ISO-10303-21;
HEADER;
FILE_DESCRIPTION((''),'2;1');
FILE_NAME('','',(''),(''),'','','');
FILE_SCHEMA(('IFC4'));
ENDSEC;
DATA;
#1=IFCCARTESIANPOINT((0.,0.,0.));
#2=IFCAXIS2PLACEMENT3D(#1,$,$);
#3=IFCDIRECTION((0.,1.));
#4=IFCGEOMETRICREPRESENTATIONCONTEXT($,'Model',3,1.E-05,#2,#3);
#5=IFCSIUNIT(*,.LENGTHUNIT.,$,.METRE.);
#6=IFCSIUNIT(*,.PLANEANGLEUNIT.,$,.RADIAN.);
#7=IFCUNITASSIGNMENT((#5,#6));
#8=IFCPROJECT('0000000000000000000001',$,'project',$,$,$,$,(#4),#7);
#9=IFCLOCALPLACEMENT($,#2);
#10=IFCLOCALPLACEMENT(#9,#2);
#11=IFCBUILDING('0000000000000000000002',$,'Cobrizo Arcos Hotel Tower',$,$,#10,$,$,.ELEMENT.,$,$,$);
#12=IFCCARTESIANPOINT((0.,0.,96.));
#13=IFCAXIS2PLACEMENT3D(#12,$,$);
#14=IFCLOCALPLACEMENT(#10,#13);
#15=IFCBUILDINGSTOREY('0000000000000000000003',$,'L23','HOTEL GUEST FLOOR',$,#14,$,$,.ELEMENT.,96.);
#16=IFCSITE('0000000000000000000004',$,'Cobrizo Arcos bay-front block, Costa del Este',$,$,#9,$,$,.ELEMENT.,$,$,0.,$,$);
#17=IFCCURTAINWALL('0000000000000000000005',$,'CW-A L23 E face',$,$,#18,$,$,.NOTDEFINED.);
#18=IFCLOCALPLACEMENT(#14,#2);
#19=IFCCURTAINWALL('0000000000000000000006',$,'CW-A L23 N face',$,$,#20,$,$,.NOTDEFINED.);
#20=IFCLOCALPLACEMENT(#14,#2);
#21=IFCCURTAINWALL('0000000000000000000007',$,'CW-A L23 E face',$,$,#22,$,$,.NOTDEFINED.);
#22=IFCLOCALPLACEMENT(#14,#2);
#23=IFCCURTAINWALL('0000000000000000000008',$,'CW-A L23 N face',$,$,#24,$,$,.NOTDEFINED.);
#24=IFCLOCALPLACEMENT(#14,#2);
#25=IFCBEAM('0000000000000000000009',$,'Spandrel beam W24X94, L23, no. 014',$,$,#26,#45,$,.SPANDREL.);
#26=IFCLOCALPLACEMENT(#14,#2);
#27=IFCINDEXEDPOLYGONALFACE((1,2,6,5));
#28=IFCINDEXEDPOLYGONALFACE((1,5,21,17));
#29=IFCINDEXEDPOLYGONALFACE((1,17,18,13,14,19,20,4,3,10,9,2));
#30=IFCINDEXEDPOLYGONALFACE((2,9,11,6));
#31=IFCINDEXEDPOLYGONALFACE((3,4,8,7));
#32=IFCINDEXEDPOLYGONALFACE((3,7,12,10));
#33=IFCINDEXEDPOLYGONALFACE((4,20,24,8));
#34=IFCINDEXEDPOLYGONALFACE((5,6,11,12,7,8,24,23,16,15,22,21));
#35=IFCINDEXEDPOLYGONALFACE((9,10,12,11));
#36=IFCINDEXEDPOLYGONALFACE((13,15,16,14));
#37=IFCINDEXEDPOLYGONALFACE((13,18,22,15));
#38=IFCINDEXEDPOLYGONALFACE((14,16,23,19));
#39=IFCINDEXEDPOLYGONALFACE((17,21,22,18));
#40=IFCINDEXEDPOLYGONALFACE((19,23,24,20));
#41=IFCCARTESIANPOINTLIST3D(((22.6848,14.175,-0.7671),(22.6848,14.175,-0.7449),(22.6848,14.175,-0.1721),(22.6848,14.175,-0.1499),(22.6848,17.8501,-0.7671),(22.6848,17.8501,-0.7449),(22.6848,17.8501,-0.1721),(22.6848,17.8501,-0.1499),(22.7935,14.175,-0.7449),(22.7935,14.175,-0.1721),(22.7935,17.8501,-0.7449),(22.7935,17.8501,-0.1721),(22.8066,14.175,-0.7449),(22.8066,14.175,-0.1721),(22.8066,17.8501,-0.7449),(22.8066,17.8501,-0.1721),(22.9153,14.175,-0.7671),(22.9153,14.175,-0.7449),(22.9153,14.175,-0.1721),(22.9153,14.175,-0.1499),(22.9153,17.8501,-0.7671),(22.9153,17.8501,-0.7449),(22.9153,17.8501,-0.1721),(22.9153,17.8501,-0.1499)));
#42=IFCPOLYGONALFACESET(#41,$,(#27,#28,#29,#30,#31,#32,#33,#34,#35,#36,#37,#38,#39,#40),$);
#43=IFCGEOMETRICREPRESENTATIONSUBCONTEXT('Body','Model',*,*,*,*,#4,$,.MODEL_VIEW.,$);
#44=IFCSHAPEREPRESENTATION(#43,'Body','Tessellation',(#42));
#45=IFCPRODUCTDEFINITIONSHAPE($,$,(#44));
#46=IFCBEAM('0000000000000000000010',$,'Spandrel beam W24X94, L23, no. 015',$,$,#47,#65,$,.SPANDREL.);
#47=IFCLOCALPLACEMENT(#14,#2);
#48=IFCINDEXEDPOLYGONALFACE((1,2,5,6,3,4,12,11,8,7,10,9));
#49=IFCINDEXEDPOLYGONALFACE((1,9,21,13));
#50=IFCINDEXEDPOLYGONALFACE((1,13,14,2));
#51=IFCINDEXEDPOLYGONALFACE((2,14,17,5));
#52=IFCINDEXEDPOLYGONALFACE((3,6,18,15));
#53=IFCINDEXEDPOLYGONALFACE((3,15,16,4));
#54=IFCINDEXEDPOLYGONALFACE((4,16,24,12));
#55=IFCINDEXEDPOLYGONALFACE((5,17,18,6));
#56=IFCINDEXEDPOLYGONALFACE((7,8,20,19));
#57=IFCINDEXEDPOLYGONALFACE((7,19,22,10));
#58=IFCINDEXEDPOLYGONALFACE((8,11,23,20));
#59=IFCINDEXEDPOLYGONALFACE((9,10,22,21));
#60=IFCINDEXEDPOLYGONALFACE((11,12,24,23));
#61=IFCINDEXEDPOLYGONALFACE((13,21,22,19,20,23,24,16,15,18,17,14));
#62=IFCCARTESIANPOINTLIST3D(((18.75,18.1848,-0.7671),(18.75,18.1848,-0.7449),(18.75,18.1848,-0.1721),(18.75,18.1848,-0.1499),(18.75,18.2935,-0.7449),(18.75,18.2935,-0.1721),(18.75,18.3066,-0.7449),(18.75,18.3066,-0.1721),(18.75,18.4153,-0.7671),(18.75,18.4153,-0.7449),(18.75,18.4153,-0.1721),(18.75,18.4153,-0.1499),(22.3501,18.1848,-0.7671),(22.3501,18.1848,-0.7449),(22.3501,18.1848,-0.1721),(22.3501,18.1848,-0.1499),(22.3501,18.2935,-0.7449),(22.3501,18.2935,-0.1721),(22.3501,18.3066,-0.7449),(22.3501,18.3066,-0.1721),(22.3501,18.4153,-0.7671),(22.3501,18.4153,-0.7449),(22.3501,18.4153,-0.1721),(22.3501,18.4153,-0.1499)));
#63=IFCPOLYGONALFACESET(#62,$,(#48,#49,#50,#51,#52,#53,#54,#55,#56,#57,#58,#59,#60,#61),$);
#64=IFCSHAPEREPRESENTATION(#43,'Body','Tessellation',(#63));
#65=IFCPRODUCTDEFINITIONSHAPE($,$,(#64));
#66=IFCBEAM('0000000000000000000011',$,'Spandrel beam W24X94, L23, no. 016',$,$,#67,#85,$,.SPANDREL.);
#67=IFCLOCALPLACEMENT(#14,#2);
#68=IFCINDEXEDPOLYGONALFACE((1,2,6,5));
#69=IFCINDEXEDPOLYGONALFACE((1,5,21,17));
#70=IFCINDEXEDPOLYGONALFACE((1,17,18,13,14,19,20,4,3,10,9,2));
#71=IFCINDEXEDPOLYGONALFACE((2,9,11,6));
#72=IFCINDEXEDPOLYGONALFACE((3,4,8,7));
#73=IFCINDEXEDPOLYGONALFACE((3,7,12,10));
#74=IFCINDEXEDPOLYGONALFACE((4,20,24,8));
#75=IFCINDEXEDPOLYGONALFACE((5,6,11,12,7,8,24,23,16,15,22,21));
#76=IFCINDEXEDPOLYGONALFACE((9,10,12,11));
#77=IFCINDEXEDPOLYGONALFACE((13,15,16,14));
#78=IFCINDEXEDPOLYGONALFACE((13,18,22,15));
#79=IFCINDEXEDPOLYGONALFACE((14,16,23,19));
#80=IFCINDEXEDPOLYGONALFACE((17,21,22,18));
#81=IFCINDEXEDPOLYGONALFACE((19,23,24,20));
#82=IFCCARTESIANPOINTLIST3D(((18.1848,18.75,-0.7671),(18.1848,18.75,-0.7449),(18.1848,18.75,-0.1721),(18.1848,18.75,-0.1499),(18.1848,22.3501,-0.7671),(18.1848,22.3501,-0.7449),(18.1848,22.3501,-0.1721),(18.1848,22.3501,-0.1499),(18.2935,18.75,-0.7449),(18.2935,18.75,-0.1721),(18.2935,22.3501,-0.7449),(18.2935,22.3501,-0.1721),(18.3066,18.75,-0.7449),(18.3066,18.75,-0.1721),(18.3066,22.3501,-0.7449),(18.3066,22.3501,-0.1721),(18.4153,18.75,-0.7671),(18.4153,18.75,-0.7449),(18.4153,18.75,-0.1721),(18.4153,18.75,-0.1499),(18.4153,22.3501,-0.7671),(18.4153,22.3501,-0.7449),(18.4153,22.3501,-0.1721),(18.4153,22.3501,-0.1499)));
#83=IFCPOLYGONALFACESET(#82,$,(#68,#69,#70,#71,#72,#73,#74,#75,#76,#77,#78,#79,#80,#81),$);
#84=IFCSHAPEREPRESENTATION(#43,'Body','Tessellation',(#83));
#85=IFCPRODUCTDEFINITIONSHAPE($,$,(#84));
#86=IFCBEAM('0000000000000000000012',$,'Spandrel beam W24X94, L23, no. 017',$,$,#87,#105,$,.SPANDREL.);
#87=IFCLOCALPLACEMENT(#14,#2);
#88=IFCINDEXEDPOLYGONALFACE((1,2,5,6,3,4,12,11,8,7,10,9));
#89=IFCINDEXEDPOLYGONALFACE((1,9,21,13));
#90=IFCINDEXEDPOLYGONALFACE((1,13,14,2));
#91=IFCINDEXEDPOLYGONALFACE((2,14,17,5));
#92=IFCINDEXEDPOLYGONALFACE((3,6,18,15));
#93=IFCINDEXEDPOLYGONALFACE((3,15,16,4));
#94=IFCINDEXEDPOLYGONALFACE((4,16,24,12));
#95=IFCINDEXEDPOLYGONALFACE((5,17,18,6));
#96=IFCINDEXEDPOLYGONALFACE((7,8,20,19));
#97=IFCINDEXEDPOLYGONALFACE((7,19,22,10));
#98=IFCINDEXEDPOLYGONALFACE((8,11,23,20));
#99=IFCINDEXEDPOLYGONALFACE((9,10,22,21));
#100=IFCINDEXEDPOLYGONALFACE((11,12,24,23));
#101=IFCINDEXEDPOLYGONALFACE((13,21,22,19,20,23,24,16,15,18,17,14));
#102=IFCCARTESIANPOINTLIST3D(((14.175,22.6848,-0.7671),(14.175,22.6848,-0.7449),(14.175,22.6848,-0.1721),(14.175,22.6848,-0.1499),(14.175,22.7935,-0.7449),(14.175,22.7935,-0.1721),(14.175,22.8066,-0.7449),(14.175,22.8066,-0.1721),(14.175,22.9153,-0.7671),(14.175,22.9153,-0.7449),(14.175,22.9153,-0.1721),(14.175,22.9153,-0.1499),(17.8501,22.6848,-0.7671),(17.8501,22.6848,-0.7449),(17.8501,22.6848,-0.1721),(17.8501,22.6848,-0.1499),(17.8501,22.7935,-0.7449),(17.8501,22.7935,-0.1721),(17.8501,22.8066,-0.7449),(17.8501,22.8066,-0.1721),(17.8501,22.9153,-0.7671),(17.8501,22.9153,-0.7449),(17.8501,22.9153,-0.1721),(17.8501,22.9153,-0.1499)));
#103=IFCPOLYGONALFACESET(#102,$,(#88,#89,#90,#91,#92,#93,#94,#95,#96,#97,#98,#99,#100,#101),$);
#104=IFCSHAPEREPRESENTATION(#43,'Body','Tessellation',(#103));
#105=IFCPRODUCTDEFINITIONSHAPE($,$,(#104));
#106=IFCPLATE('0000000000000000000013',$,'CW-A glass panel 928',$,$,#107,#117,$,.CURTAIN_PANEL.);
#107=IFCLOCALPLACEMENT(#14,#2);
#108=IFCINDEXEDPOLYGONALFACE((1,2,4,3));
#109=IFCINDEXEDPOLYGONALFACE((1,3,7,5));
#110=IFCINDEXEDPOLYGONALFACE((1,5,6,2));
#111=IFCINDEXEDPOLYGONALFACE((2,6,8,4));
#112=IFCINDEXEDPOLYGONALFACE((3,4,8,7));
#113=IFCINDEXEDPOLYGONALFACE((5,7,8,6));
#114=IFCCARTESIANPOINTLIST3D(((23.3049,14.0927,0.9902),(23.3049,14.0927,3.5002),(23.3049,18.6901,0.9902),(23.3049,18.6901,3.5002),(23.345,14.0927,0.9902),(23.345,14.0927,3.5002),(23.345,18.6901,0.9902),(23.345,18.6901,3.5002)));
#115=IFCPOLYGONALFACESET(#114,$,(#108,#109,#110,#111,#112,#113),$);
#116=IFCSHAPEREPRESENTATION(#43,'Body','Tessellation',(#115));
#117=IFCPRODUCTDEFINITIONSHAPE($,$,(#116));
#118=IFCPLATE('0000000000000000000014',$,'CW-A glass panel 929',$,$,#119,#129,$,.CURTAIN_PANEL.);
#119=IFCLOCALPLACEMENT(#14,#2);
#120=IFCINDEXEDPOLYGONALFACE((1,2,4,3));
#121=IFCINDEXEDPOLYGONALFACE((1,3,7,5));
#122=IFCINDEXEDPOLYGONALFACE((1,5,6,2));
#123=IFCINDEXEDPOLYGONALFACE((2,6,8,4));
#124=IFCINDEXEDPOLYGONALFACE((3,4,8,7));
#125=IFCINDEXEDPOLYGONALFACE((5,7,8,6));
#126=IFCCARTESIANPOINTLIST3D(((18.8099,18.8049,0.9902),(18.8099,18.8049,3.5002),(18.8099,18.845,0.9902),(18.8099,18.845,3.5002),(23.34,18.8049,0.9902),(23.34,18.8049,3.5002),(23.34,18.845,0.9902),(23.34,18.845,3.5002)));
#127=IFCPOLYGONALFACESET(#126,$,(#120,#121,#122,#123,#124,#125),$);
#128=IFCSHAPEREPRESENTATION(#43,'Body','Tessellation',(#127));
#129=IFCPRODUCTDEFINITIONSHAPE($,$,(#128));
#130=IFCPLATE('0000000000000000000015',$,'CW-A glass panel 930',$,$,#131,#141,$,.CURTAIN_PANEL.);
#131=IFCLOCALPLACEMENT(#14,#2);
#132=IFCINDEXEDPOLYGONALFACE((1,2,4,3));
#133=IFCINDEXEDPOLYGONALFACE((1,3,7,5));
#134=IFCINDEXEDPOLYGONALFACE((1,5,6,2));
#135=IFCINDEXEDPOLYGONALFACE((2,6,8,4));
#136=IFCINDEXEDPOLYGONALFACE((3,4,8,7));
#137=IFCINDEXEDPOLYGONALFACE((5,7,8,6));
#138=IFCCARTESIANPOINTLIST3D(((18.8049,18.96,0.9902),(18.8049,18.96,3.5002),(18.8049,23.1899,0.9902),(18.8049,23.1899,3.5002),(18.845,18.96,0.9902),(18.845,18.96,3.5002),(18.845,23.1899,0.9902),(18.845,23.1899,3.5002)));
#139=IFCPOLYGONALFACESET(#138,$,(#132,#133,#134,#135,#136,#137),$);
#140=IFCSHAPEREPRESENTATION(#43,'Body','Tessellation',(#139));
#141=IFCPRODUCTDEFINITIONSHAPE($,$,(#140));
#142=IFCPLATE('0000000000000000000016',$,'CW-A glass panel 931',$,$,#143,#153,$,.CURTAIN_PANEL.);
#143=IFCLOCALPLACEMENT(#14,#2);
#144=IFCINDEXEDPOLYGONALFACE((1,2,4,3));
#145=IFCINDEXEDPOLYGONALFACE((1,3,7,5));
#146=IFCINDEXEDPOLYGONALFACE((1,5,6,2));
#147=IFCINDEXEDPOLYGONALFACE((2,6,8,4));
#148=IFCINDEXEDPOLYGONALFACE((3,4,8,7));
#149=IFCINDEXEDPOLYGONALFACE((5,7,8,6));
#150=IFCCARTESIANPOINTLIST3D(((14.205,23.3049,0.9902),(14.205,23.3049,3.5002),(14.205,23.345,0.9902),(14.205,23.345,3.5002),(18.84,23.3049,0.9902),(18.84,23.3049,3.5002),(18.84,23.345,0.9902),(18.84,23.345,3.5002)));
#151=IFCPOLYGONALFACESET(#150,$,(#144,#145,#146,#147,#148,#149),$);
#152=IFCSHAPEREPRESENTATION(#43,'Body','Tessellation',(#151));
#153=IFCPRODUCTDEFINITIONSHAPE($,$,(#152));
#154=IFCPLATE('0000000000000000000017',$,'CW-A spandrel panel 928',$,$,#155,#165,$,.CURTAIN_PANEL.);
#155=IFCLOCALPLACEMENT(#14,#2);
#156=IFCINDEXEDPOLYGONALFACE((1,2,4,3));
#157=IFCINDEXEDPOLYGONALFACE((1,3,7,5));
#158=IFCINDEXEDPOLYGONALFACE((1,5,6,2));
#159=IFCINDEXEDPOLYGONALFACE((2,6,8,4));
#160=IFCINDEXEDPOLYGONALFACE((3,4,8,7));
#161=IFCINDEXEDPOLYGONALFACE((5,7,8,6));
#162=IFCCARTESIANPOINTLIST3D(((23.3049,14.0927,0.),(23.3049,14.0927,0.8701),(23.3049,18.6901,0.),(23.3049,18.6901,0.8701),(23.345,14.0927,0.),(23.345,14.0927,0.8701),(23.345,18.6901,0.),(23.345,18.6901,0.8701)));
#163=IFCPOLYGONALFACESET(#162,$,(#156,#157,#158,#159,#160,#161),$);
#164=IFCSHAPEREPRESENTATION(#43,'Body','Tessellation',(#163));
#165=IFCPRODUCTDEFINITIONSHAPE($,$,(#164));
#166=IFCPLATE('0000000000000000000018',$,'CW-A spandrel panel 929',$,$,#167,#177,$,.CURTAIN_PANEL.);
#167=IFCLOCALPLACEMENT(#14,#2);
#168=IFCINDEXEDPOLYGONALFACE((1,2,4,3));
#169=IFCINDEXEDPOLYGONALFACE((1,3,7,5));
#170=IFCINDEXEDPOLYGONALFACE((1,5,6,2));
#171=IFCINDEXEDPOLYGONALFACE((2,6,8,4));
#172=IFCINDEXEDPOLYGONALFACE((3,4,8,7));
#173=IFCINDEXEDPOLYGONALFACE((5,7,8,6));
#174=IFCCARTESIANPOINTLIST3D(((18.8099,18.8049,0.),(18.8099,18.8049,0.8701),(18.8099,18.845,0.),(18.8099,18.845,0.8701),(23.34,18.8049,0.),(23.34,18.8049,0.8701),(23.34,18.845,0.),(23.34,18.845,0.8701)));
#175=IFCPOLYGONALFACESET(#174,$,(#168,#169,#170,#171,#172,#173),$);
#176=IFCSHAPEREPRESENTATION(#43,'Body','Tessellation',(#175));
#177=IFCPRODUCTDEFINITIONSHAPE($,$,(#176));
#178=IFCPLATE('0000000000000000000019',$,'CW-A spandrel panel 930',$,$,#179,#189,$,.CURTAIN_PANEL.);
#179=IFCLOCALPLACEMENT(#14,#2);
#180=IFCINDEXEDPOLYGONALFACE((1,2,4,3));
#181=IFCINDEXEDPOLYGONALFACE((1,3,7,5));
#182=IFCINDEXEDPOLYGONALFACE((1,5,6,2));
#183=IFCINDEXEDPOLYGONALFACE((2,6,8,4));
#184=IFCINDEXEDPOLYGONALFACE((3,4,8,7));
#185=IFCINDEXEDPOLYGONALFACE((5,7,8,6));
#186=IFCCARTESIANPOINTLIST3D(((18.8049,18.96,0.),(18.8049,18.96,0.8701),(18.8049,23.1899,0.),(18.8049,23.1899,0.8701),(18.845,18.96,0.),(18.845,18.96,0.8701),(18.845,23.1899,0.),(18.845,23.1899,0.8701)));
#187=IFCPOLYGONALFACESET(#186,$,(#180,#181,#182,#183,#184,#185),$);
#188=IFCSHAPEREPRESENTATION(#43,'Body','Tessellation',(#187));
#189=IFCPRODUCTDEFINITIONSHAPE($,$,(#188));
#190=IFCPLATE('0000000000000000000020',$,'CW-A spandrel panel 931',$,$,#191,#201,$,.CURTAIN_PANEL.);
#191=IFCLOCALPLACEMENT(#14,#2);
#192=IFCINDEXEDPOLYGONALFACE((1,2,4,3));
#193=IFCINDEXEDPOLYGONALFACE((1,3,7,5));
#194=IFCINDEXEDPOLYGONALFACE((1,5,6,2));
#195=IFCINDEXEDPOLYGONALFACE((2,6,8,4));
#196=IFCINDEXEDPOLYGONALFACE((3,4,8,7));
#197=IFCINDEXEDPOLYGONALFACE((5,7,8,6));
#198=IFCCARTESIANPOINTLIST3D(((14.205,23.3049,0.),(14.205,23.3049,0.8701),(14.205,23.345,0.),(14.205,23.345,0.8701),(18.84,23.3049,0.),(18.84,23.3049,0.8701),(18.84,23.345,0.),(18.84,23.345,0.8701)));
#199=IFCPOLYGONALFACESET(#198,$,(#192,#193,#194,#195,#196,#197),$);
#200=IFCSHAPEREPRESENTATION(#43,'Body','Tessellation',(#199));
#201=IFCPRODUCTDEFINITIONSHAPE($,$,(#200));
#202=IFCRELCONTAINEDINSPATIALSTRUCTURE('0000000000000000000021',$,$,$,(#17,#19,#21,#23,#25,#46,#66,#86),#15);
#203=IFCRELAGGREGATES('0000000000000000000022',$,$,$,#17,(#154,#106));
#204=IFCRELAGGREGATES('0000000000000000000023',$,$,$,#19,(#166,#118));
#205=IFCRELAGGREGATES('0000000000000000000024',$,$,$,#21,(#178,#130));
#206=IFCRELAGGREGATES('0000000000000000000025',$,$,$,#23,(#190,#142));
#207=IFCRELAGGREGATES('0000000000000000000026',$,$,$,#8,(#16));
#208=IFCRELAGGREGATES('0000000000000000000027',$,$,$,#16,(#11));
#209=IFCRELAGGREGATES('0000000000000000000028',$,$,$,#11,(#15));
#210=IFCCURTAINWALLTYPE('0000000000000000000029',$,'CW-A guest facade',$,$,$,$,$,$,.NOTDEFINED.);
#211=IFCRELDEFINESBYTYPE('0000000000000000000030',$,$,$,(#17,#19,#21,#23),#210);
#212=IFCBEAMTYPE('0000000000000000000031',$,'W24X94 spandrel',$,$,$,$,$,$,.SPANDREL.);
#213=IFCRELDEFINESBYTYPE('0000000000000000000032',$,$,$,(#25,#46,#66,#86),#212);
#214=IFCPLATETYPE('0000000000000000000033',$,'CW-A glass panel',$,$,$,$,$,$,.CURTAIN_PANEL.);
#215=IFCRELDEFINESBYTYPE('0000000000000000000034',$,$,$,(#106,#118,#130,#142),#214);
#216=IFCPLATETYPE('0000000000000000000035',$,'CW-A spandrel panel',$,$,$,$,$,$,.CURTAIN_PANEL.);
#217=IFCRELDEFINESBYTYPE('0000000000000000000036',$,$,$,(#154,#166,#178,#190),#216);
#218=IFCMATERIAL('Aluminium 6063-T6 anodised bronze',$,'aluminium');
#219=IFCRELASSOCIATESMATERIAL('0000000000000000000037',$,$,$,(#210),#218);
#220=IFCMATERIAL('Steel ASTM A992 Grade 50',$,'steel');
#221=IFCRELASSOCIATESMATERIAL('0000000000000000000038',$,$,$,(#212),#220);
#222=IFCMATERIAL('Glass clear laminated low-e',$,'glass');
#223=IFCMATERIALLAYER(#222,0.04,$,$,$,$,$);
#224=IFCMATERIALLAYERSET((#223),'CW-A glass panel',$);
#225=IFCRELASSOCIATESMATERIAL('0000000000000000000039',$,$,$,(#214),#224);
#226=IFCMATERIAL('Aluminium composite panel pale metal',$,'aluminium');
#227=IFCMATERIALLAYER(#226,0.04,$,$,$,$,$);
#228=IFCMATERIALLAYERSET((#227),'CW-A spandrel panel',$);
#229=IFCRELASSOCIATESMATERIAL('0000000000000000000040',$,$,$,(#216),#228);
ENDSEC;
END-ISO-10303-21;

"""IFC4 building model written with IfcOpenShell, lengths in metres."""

from ifc_helpers import new_model, si_unit, direction, frame, origin, origin_2d, place, context, subcontext, project, spatial, rectangle, i_section, extrude, material, layer, layer_set, material_profile, profile_set, type_object, element, aggregate, save


model = new_model("IFC4")

# Units and contexts
model_context = context("Model", 3, precision=1e-05, world=origin(), true_north=direction((0.0, 1.0)))
body_context = subcontext(model_context, "Body", "Model", "MODEL_VIEW")
ifc_project = project(units=[si_unit("LENGTHUNIT", "METRE"), si_unit("PLANEANGLEUNIT", "RADIAN")], contexts=[model_context])

# Site, building, storey
site_placement = place(None, origin())
site = spatial("IfcSite", under=ifc_project, at=site_placement, Name="Cobrizo Arcos bay-front block, Costa del Este", CompositionType="ELEMENT", RefElevation=0.0)
building_placement = place(site_placement, origin())
building = spatial("IfcBuilding", under=site, at=building_placement, Name="Cobrizo Arcos Hotel Tower", CompositionType="ELEMENT")
storey_placement = place(building_placement, frame((0.0, 0.0, 96.0)))
storey = spatial("IfcBuildingStorey", under=building, at=storey_placement, Name="L23", Description="HOTEL GUEST FLOOR", CompositionType="ELEMENT", Elevation=96.0)

# Curtain wall
ifc_material_1 = material(Name="Aluminium 6063-T6 anodised bronze", Category="aluminium")
curtain_wall_type = type_object("IfcCurtainWallType", Name="CW-A guest facade", PredefinedType="NOTDEFINED", material=ifc_material_1)
curtain_wall_1_placement = place(storey_placement, origin())
curtain_wall_1 = element("IfcCurtainWall", 1, at=curtain_wall_1_placement, inside=storey, type_object=curtain_wall_type, Name="CW-A L23 E face", PredefinedType="NOTDEFINED")

# Curtain walls
curtain_wall_2_placement = place(storey_placement, origin())
curtain_wall_2 = element("IfcCurtainWall", 2, at=curtain_wall_2_placement, inside=storey, type_object=curtain_wall_type, Name="CW-A L23 N face", PredefinedType="NOTDEFINED")
curtain_wall_3_placement = place(storey_placement, origin())
curtain_wall_3 = element("IfcCurtainWall", 3, at=curtain_wall_3_placement, inside=storey, type_object=curtain_wall_type, Name="CW-A L23 E face", PredefinedType="NOTDEFINED")

# Curtain wall
curtain_wall_4_placement = place(storey_placement, origin())
curtain_wall_4 = element("IfcCurtainWall", 4, at=curtain_wall_4_placement, inside=storey, type_object=curtain_wall_type, Name="CW-A L23 N face", PredefinedType="NOTDEFINED")

# Beams
ifc_material_2 = material(Name="Steel ASTM A992 Grade 50", Category="steel")
ifc_material_profile_1 = material_profile(ifc_material_2, i_section(OverallWidth=0.2305, OverallDepth=0.6172, WebThickness=0.0132, FlangeThickness=0.0222, at=origin_2d()), Name="W24X94")
ifc_profile_set_1 = profile_set([ifc_material_profile_1], Name="Steel ASTM A992 Grade 50")
beam_type = type_object("IfcBeamType", Name="W24X94 spandrel", PredefinedType="SPANDREL", material=ifc_profile_set_1)
beam_1_placement = place(storey_placement, frame((22.8, 14.175, -0.4585), z_axis=(0.0, 1.0, 0.0), x_axis=(-1.0, 0.0, 0.0)))
element("IfcBeam", 5, at=beam_1_placement, inside=storey, type_object=beam_type, Name="Spandrel beam W24X94, L23, no. 014", PredefinedType="SPANDREL", context=body_context, shape_type="SweptSolid", body=[
    extrude(i_section(OverallWidth=0.2305, OverallDepth=0.6172, WebThickness=0.0132, FlangeThickness=0.0222, at=origin_2d()), origin(), (0.0, 0.0, 1.0), 3.675),
])
for number, where, z_axis, x_axis, name in (
    (6, (22.3501, 18.3, -0.4585), (-1.0, 0.0, 0.0), (0.0, -1.0, 0.0), "Spandrel beam W24X94, L23, no. 015"),
    (7, (18.3, 18.75, -0.4585), (0.0, 1.0, 0.0), (-1.0, 0.0, 0.0), "Spandrel beam W24X94, L23, no. 016"),
):
    element("IfcBeam", number, at=place(storey_placement, frame(where, z_axis=z_axis, x_axis=x_axis)), inside=storey, type_object=beam_type, Name=name, PredefinedType="SPANDREL", context=body_context, shape_type="SweptSolid", body=[
        extrude(i_section(OverallWidth=0.2305, OverallDepth=0.6172, WebThickness=0.0132, FlangeThickness=0.0222, at=origin_2d()), origin(), (0.0, 0.0, 1.0), 3.6001),
    ])
beam_2_placement = place(storey_placement, frame((17.8501, 22.8, -0.4585), z_axis=(-1.0, 0.0, 0.0), x_axis=(0.0, -1.0, 0.0)))
element("IfcBeam", 8, at=beam_2_placement, inside=storey, type_object=beam_type, Name="Spandrel beam W24X94, L23, no. 017", PredefinedType="SPANDREL", context=body_context, shape_type="SweptSolid", body=[
    extrude(i_section(OverallWidth=0.2305, OverallDepth=0.6172, WebThickness=0.0132, FlangeThickness=0.0222, at=origin_2d()), origin(), (0.0, 0.0, 1.0), 3.675),
])

# Plates
ifc_material_3 = material(Name="Glass clear laminated low-e", Category="glass")
ifc_layer_1 = layer(ifc_material_3, 0.04)
ifc_layer_set_1 = layer_set([ifc_layer_1], Name="CW-A glass panel")
plate_type_1 = type_object("IfcPlateType", Name="CW-A glass panel", PredefinedType="CURTAIN_PANEL", material=ifc_layer_set_1)
plate_1_placement = place(storey_placement, frame((23.325, 16.3914, 0.9902), z_axis=(0.0, 0.0, 1.0), x_axis=(0.0, 1.0, 0.0)))
plate_1 = element("IfcPlate", 9, at=plate_1_placement, type_object=plate_type_1, Name="CW-A glass panel 928", PredefinedType="CURTAIN_PANEL", context=body_context, shape_type="SweptSolid", body=[
    extrude(rectangle(XDim=4.5974, YDim=0.04, at=origin_2d()), origin(), (0.0, 0.0, 1.0), 2.51),
])
plate_2_placement = place(storey_placement, frame((21.075, 18.825, 0.9902), z_axis=(0.0, 0.0, 1.0), x_axis=(-1.0, 0.0, 0.0)))
plate_2 = element("IfcPlate", 10, at=plate_2_placement, type_object=plate_type_1, Name="CW-A glass panel 929", PredefinedType="CURTAIN_PANEL", context=body_context, shape_type="SweptSolid", body=[
    extrude(rectangle(XDim=4.53, YDim=0.04, at=origin_2d()), origin(), (0.0, 0.0, 1.0), 2.51),
])
plate_3_placement = place(storey_placement, frame((18.825, 21.075, 0.9902), z_axis=(0.0, 0.0, 1.0), x_axis=(0.0, 1.0, 0.0)))
plate_3 = element("IfcPlate", 11, at=plate_3_placement, type_object=plate_type_1, Name="CW-A glass panel 930", PredefinedType="CURTAIN_PANEL", context=body_context, shape_type="SweptSolid", body=[
    extrude(rectangle(XDim=4.23, YDim=0.04, at=origin_2d()), origin(), (0.0, 0.0, 1.0), 2.51),
])
plate_4_placement = place(storey_placement, frame((16.5225, 23.325, 0.9902), z_axis=(0.0, 0.0, 1.0), x_axis=(-1.0, 0.0, 0.0)))
plate_4 = element("IfcPlate", 12, at=plate_4_placement, type_object=plate_type_1, Name="CW-A glass panel 931", PredefinedType="CURTAIN_PANEL", context=body_context, shape_type="SweptSolid", body=[
    extrude(rectangle(XDim=4.635, YDim=0.04, at=origin_2d()), origin(), (0.0, 0.0, 1.0), 2.51),
])
ifc_material_4 = material(Name="Aluminium composite panel pale metal", Category="aluminium")
ifc_layer_2 = layer(ifc_material_4, 0.04)
ifc_layer_set_2 = layer_set([ifc_layer_2], Name="CW-A spandrel panel")
plate_type_2 = type_object("IfcPlateType", Name="CW-A spandrel panel", PredefinedType="CURTAIN_PANEL", material=ifc_layer_set_2)
plate_5_placement = place(storey_placement, frame((23.325, 16.3914, 0.0), z_axis=(0.0, 0.0, 1.0), x_axis=(0.0, 1.0, 0.0)))
plate_5 = element("IfcPlate", 13, at=plate_5_placement, type_object=plate_type_2, Name="CW-A spandrel panel 928", PredefinedType="CURTAIN_PANEL", context=body_context, shape_type="SweptSolid", body=[
    extrude(rectangle(XDim=4.5974, YDim=0.04, at=origin_2d()), origin(), (0.0, 0.0, 1.0), 0.8701),
])
aggregate(curtain_wall_1, [plate_5, plate_1])
plate_6_placement = place(storey_placement, frame((21.075, 18.825, 0.0), z_axis=(0.0, 0.0, 1.0), x_axis=(-1.0, 0.0, 0.0)))
plate_6 = element("IfcPlate", 14, at=plate_6_placement, type_object=plate_type_2, Name="CW-A spandrel panel 929", PredefinedType="CURTAIN_PANEL", context=body_context, shape_type="SweptSolid", body=[
    extrude(rectangle(XDim=4.53, YDim=0.04, at=origin_2d()), origin(), (0.0, 0.0, 1.0), 0.8701),
])
aggregate(curtain_wall_2, [plate_6, plate_2])
plate_7_placement = place(storey_placement, frame((18.825, 21.075, 0.0), z_axis=(0.0, 0.0, 1.0), x_axis=(0.0, 1.0, 0.0)))
plate_7 = element("IfcPlate", 15, at=plate_7_placement, type_object=plate_type_2, Name="CW-A spandrel panel 930", PredefinedType="CURTAIN_PANEL", context=body_context, shape_type="SweptSolid", body=[
    extrude(rectangle(XDim=4.23, YDim=0.04, at=origin_2d()), origin(), (0.0, 0.0, 1.0), 0.8701),
])
aggregate(curtain_wall_3, [plate_7, plate_3])
plate_8_placement = place(storey_placement, frame((16.5225, 23.325, 0.0), z_axis=(0.0, 0.0, 1.0), x_axis=(-1.0, 0.0, 0.0)))
plate_8 = element("IfcPlate", 16, at=plate_8_placement, type_object=plate_type_2, Name="CW-A spandrel panel 931", PredefinedType="CURTAIN_PANEL", context=body_context, shape_type="SweptSolid", body=[
    extrude(rectangle(XDim=4.635, YDim=0.04, at=origin_2d()), origin(), (0.0, 0.0, 1.0), 0.8701),
])
aggregate(curtain_wall_4, [plate_8, plate_4])

save(model, "model.ifc")
